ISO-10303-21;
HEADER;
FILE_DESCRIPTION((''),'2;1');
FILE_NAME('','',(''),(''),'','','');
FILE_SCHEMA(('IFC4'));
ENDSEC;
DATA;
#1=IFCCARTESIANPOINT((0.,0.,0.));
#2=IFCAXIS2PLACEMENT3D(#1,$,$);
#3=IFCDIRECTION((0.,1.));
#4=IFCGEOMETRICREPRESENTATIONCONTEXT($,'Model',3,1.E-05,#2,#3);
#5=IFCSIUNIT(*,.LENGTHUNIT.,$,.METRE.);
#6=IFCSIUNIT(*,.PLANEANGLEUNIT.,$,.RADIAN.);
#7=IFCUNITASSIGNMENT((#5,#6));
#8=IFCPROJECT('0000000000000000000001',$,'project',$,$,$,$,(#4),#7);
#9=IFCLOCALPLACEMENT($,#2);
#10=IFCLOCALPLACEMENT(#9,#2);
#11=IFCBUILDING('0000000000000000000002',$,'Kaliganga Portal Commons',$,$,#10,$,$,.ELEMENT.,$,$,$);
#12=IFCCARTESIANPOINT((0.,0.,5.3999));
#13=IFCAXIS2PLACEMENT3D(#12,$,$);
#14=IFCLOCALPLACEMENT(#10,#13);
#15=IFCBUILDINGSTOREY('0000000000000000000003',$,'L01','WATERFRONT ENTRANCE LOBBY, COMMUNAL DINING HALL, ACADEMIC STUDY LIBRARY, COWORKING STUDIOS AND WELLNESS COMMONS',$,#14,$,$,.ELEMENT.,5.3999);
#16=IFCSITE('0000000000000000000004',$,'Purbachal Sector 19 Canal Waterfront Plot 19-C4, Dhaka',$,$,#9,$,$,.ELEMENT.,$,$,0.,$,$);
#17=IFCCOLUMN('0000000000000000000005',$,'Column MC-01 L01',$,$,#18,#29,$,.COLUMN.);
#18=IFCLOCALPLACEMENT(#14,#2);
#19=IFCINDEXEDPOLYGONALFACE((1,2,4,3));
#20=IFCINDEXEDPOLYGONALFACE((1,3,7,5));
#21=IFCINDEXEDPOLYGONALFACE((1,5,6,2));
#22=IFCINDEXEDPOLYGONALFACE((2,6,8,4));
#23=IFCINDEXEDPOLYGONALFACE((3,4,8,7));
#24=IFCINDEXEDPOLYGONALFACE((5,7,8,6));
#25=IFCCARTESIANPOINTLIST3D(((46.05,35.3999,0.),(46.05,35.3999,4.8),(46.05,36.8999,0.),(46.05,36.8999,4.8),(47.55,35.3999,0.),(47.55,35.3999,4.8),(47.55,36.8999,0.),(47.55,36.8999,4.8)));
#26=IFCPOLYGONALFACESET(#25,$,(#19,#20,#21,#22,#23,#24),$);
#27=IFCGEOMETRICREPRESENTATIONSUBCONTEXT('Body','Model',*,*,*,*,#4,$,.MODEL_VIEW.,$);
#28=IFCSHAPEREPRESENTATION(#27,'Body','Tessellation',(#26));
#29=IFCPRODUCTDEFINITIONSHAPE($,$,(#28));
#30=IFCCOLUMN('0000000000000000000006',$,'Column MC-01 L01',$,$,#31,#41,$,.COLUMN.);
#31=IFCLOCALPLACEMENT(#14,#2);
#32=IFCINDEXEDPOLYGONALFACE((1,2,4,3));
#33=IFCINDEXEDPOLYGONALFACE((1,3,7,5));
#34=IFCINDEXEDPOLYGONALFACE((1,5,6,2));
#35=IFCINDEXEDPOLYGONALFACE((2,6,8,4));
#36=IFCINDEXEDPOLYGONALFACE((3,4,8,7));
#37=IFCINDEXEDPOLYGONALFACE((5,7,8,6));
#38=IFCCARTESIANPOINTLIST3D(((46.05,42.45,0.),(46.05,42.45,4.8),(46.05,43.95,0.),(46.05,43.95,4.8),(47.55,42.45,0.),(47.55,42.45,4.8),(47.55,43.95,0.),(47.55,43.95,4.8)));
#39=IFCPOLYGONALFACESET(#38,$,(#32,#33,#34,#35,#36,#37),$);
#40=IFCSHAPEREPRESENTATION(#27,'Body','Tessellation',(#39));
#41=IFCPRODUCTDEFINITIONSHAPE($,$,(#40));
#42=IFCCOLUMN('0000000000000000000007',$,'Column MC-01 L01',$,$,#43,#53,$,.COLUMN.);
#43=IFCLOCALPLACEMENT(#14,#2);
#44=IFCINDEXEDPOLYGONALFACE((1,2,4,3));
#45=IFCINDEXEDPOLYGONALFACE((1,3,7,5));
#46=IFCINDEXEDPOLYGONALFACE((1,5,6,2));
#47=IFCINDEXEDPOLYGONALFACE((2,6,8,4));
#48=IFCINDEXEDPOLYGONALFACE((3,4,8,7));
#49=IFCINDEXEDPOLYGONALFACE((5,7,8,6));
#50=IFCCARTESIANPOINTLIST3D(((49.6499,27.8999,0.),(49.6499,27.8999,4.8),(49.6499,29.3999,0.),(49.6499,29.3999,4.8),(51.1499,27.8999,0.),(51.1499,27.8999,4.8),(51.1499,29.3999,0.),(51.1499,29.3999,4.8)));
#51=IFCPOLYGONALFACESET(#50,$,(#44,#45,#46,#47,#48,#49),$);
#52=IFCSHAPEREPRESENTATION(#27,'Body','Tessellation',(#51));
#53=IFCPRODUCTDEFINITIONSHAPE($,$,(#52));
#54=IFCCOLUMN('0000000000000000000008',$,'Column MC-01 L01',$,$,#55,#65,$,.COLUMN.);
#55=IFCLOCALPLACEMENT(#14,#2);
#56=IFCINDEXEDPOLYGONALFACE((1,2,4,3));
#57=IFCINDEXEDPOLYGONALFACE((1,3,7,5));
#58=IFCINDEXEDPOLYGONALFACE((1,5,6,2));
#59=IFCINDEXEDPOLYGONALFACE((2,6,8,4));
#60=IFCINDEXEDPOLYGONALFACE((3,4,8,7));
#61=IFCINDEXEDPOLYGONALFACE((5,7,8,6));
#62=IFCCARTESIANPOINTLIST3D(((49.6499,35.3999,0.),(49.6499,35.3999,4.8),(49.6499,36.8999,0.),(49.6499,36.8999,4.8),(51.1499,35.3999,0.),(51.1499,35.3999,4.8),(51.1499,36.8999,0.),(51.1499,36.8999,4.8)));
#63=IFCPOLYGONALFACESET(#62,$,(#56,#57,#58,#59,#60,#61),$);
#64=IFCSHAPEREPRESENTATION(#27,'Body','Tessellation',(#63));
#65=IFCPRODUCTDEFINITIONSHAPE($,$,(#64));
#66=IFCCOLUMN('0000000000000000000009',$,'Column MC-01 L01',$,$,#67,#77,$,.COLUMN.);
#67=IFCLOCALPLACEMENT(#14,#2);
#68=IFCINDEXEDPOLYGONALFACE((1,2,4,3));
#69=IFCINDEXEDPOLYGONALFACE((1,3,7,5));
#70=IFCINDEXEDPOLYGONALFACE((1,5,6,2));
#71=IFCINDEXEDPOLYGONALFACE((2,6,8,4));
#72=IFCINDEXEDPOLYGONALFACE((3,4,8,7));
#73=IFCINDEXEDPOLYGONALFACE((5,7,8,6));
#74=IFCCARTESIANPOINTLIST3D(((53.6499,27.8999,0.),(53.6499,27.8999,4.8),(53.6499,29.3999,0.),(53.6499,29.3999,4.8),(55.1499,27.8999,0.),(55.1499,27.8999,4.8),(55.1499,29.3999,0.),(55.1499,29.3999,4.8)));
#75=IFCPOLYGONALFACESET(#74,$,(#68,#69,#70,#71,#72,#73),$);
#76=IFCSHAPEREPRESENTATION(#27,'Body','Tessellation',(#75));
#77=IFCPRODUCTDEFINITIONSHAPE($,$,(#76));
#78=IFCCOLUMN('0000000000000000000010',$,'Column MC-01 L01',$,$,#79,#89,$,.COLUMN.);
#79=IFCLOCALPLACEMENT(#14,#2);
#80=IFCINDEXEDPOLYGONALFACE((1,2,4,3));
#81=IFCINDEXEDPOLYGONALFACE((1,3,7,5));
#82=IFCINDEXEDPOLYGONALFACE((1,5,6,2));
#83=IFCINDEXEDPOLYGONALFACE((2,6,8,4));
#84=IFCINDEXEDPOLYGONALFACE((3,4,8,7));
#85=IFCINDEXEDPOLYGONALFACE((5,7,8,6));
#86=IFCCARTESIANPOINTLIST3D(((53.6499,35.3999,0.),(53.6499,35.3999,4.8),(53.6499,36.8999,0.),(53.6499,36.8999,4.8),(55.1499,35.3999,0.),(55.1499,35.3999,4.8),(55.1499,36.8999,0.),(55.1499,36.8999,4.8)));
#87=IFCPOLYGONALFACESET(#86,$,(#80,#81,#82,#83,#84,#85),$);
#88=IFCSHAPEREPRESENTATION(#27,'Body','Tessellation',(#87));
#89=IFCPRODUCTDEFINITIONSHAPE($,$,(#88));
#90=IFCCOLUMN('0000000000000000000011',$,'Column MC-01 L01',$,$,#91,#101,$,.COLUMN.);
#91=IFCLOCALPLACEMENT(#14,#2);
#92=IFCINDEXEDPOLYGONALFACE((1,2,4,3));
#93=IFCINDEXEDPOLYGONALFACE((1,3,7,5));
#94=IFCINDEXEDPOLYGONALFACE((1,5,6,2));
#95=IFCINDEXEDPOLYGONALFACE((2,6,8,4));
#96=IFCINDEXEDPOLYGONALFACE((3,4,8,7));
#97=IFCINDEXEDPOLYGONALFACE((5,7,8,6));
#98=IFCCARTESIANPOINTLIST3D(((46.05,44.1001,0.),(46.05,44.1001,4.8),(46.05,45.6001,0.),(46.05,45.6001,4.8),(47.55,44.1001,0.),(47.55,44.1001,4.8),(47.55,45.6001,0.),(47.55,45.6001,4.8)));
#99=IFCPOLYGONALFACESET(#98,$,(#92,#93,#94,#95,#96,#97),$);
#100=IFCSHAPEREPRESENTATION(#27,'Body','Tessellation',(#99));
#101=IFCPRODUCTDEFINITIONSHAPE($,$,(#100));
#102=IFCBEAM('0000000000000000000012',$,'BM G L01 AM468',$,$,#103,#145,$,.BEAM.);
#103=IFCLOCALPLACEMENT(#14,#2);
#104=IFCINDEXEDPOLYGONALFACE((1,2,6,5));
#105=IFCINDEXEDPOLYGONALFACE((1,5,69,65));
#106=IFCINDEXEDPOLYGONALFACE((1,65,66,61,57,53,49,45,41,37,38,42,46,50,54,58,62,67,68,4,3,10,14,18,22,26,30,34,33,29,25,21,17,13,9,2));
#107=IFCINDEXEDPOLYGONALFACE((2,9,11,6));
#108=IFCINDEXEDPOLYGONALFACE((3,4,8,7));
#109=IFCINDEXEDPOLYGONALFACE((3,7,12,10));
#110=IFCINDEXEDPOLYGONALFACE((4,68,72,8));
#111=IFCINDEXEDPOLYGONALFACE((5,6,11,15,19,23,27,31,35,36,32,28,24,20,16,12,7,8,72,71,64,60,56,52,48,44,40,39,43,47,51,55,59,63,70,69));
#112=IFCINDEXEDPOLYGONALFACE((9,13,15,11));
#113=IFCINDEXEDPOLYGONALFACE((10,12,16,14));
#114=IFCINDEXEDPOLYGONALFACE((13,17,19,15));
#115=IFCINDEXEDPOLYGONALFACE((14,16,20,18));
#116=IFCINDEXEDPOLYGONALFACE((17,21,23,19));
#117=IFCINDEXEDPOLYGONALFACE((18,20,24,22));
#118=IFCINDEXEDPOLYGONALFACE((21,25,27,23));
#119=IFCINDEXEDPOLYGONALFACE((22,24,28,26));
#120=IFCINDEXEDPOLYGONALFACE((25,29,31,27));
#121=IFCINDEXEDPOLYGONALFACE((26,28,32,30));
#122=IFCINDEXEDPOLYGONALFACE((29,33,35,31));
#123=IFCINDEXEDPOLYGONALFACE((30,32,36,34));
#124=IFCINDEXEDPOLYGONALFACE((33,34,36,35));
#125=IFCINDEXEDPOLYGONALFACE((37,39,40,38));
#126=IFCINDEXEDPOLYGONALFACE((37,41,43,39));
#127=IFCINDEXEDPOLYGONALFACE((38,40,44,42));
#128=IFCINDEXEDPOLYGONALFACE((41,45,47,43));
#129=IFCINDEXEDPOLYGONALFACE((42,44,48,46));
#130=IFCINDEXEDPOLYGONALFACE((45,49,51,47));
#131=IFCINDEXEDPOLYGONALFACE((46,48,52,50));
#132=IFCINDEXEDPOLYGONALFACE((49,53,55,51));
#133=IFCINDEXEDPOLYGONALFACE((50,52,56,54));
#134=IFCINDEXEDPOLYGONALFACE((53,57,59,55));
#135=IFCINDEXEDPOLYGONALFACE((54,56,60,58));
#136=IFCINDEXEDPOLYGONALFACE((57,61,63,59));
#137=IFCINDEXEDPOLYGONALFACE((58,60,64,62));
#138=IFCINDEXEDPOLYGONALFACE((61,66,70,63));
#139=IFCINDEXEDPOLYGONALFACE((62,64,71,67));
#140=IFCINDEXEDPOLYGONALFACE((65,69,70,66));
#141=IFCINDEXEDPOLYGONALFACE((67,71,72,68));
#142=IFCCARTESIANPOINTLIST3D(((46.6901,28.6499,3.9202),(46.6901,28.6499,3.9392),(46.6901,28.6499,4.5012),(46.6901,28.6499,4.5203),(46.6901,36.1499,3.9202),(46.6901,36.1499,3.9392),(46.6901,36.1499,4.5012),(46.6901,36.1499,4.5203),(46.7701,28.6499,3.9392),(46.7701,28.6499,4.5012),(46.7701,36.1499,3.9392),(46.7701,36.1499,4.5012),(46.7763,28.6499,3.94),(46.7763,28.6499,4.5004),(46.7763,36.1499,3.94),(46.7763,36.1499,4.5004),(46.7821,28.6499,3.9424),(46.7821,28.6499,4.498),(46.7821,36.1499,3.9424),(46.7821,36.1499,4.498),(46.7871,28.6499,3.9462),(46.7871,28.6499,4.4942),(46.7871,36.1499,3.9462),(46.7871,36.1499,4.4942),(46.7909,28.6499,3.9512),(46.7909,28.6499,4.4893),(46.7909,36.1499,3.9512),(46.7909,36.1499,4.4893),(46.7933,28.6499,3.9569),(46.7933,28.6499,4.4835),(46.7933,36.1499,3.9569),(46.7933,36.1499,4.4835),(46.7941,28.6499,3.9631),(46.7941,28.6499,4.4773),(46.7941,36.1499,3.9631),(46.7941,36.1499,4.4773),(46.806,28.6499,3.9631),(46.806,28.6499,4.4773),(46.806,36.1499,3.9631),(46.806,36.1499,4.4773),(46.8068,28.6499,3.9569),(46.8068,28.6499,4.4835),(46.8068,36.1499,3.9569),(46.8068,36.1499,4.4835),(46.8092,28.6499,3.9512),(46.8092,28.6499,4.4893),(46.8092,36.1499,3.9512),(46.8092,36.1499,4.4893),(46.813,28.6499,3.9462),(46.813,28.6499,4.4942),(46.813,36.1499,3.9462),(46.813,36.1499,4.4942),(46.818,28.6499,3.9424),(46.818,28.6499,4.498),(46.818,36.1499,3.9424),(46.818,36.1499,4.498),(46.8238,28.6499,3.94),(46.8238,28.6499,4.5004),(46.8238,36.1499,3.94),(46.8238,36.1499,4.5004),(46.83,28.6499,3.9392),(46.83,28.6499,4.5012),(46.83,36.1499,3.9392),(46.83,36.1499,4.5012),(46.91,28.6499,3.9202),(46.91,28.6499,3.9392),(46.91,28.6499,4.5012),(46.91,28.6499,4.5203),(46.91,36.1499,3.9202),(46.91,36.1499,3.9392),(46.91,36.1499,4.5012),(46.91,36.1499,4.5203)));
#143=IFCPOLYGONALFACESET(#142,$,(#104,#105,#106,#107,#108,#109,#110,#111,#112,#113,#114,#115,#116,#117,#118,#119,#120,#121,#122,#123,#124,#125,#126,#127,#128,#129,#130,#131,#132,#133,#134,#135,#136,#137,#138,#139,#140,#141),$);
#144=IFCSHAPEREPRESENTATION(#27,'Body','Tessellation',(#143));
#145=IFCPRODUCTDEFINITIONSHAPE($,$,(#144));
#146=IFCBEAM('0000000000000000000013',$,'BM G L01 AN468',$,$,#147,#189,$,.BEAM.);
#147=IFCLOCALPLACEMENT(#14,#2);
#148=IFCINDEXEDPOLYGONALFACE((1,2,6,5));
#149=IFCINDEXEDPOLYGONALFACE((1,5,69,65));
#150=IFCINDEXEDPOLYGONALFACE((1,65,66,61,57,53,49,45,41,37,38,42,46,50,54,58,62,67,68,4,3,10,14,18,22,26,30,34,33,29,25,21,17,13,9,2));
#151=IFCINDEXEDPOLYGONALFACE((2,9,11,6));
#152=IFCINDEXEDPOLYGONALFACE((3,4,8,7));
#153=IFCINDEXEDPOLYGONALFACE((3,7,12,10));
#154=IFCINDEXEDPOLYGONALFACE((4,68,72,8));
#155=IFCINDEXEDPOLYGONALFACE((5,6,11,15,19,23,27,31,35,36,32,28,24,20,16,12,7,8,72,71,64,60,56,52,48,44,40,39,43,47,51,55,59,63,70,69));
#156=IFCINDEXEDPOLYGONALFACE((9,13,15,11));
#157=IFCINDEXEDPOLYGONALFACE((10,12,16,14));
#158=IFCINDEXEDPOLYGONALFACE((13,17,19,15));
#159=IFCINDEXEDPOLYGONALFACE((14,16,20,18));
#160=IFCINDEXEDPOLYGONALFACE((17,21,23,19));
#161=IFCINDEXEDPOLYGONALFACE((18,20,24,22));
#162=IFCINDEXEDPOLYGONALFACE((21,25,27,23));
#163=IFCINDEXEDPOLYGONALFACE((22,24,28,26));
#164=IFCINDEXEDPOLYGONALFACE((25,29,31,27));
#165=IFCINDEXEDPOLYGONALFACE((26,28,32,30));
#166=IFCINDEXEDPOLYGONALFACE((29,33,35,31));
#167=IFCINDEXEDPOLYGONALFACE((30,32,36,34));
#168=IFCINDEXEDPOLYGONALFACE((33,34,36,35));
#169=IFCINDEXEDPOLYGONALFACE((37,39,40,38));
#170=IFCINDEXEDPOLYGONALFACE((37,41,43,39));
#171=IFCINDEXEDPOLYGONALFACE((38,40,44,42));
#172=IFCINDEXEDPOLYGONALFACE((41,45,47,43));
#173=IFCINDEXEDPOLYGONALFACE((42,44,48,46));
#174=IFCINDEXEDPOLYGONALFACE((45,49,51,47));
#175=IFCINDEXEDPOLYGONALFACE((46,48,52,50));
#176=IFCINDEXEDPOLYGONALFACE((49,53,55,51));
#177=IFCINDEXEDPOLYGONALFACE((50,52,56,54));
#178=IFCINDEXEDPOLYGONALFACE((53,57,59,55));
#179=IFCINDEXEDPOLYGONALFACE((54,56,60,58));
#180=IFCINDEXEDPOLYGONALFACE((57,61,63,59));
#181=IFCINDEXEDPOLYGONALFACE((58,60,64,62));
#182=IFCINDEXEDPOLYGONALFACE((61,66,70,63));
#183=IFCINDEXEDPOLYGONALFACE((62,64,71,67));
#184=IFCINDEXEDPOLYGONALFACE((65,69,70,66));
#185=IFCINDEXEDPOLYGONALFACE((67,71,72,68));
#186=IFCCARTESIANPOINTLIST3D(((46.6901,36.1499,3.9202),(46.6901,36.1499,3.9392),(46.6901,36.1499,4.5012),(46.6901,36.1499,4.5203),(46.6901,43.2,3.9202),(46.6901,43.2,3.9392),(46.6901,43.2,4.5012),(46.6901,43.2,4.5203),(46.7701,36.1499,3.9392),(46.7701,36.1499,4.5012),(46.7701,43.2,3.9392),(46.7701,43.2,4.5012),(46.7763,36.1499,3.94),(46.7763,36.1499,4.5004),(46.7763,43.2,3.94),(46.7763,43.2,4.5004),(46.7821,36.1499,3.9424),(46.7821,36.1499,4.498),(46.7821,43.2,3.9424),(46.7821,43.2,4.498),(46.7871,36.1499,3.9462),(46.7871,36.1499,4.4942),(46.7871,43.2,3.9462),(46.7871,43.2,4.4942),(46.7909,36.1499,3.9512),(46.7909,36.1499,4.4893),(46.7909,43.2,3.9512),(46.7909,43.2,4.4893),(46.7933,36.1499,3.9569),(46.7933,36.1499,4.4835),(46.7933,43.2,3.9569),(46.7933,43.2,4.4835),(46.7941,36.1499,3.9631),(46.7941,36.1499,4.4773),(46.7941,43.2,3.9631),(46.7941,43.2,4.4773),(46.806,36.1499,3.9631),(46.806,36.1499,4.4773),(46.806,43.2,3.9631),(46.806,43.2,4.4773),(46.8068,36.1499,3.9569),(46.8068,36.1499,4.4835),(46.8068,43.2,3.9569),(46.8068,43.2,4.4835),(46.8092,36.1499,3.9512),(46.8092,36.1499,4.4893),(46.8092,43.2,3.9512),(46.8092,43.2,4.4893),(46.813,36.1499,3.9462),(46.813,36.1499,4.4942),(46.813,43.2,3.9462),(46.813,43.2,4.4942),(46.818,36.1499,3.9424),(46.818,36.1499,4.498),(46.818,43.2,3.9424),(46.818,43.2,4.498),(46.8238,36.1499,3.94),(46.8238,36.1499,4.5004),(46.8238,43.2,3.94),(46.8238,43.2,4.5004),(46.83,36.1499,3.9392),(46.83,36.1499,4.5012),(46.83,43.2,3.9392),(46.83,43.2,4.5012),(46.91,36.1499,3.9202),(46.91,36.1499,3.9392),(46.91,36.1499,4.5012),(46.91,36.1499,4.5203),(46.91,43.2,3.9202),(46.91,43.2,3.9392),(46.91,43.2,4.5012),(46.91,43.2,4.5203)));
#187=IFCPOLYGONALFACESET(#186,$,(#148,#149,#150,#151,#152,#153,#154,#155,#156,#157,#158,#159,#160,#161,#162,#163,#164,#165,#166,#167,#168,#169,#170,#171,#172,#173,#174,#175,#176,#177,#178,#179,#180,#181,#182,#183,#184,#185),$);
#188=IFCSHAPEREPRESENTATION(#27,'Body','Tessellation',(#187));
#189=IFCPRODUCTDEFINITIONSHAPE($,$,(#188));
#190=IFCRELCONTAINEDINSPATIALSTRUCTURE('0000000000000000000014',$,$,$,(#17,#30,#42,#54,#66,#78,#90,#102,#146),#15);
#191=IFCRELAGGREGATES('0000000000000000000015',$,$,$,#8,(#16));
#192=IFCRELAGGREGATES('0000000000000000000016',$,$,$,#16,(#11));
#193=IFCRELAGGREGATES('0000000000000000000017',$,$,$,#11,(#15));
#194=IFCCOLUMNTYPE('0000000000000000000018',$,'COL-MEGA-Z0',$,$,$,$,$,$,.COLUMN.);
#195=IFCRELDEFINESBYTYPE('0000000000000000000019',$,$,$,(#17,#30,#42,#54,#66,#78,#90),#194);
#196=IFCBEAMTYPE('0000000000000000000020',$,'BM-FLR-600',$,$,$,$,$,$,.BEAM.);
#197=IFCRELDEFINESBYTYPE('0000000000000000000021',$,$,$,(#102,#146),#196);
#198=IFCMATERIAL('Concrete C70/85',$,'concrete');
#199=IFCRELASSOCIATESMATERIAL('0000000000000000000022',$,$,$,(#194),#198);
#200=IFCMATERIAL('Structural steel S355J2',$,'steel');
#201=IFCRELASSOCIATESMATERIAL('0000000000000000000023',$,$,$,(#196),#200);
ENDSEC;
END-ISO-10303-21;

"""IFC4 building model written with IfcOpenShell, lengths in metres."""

from ifc_helpers import new_model, si_unit, direction, frame, origin, origin_2d, place, context, subcontext, project, spatial, rectangle, i_section, extrude, source, transform, mapped, material, material_profile, profile_set, type_object, element, save


model = new_model("IFC4")

# Units and contexts
model_context = context("Model", 3, precision=1e-05, world=origin(), true_north=direction((0.0, 1.0)))
body_context = subcontext(model_context, "Body", "Model", "MODEL_VIEW")
ifc_project = project(units=[si_unit("LENGTHUNIT", "METRE"), si_unit("PLANEANGLEUNIT", "RADIAN")], contexts=[model_context])

# Site, building, storey
site_placement = place(None, origin())
site = spatial("IfcSite", under=ifc_project, at=site_placement, Name="Purbachal Sector 19 Canal Waterfront Plot 19-C4, Dhaka", CompositionType="ELEMENT", RefElevation=0.0)
building_placement = place(site_placement, origin())
building = spatial("IfcBuilding", under=site, at=building_placement, Name="Kaliganga Portal Commons", CompositionType="ELEMENT")
storey_placement = place(building_placement, frame((0.0, 0.0, 5.3999)))
storey = spatial("IfcBuildingStorey", under=building, at=storey_placement, Name="L01", Description="WATERFRONT ENTRANCE LOBBY, COMMUNAL DINING HALL, ACADEMIC STUDY LIBRARY, COWORKING STUDIOS AND WELLNESS COMMONS", CompositionType="ELEMENT", Elevation=5.3999)

# Columns
ifc_material_1 = material(Name="Concrete C70/85", Category="concrete")
ifc_material_profile_1 = material_profile(ifc_material_1, rectangle(XDim=1.5, YDim=1.5, at=origin_2d()), Name="RC 1500x1500")
ifc_profile_set_1 = profile_set([ifc_material_profile_1], Name="Concrete C70/85")
column_type = type_object("IfcColumnType", Name="COL-MEGA-Z0", PredefinedType="COLUMN", material=ifc_profile_set_1)
shared_shape_1 = source(origin(), body_context, "Body", "SweptSolid", [
    extrude(rectangle(XDim=1.5, YDim=1.5, at=origin_2d()), origin(), (0.0, 0.0, 1.0), 4.8),
])
for number, where, z_axis, x_axis, name in (
    (1, (46.8, 36.1499, 0.0), (0.0, 0.0, 1.0), (1.0, 0.0, 0.0), "Column MC-01 L01"),
    (2, (46.8, 43.2, 0.0), (0.0, 0.0, 1.0), (1.0, 0.0, 0.0), "Column MC-01 L01"),
    (3, (50.3999, 28.6499, 0.0), (0.0, 0.0, 1.0), (1.0, 0.0, 0.0), "Column MC-01 L01"),
    (4, (50.3999, 36.1499, 0.0), (0.0, 0.0, 1.0), (1.0, 0.0, 0.0), "Column MC-01 L01"),
    (5, (54.3999, 28.6499, 0.0), (0.0, 0.0, 1.0), (1.0, 0.0, 0.0), "Column MC-01 L01"),
    (6, (54.3999, 36.1499, 0.0), (0.0, 0.0, 1.0), (1.0, 0.0, 0.0), "Column MC-01 L01"),
    (7, (46.8, 44.8501, 0.0), (0.0, 0.0, 1.0), (1.0, 0.0, 0.0), "Column MC-01 L01"),
):
    element("IfcColumn", number, at=place(storey_placement, frame(where, z_axis=z_axis, x_axis=x_axis)), inside=storey, type_object=column_type, Name=name, PredefinedType="COLUMN", context=body_context, shape_type="MappedRepresentation", body=[
        mapped(shared_shape_1, transform((0.0, 0.0, 0.0), x_axis=(1.0, 0.0, 0.0), y_axis=(0.0, 1.0, 0.0), z_axis=(0.0, 0.0, 1.0), scale=1.0)),
    ])

# Beams
ifc_material_2 = material(Name="Structural steel S355J2", Category="steel")
ifc_material_profile_2 = material_profile(ifc_material_2, i_section(OverallWidth=0.22, OverallDepth=0.6001, WebThickness=0.012, FlangeThickness=0.019, FilletRadius=0.0239, at=origin_2d()), Name="IPE 600")
ifc_profile_set_2 = profile_set([ifc_material_profile_2], Name="Structural steel S355J2 wide-flange")
beam_type_1 = type_object("IfcBeamType", Name="BM-FLR-600", PredefinedType="BEAM", material=ifc_profile_set_2)
shared_shape_2 = source(origin(), body_context, "Body", "SweptSolid", [
    extrude(i_section(OverallWidth=0.22, OverallDepth=0.6001, WebThickness=0.012, FlangeThickness=0.019, FilletRadius=0.0239, at=origin_2d()), origin(), (0.0, 0.0, 1.0), 7.5),
])
beam_1_placement = place(storey_placement, frame((46.8, 28.6499, 4.2202), z_axis=(0.0, 1.0, 0.0), x_axis=(-1.0, 0.0, 0.0)))
element("IfcBeam", 8, at=beam_1_placement, inside=storey, type_object=beam_type_1, Name="BM G L01 AM468", PredefinedType="BEAM", context=body_context, shape_type="MappedRepresentation", body=[
    mapped(shared_shape_2, transform((0.0, 0.0, 0.0), x_axis=(1.0, 0.0, 0.0), y_axis=(0.0, 1.0, 0.0), z_axis=(0.0, 0.0, 1.0), scale=1.0)),
])
shared_shape_3 = source(origin(), body_context, "Body", "SweptSolid", [
    extrude(i_section(OverallWidth=0.22, OverallDepth=0.6001, WebThickness=0.012, FlangeThickness=0.019, FilletRadius=0.0239, at=origin_2d()), origin(), (0.0, 0.0, 1.0), 7.05),
])
beam_2_placement = place(storey_placement, frame((46.8, 36.1499, 4.2202), z_axis=(0.0, 1.0, 0.0), x_axis=(-1.0, 0.0, 0.0)))
element("IfcBeam", 9, at=beam_2_placement, inside=storey, type_object=beam_type_1, Name="BM G L01 AN468", PredefinedType="BEAM", context=body_context, shape_type="MappedRepresentation", body=[
    mapped(shared_shape_3, transform((0.0, 0.0, 0.0), x_axis=(1.0, 0.0, 0.0), y_axis=(0.0, 1.0, 0.0), z_axis=(0.0, 0.0, 1.0), scale=1.0)),
])

save(model, "model.ifc")
